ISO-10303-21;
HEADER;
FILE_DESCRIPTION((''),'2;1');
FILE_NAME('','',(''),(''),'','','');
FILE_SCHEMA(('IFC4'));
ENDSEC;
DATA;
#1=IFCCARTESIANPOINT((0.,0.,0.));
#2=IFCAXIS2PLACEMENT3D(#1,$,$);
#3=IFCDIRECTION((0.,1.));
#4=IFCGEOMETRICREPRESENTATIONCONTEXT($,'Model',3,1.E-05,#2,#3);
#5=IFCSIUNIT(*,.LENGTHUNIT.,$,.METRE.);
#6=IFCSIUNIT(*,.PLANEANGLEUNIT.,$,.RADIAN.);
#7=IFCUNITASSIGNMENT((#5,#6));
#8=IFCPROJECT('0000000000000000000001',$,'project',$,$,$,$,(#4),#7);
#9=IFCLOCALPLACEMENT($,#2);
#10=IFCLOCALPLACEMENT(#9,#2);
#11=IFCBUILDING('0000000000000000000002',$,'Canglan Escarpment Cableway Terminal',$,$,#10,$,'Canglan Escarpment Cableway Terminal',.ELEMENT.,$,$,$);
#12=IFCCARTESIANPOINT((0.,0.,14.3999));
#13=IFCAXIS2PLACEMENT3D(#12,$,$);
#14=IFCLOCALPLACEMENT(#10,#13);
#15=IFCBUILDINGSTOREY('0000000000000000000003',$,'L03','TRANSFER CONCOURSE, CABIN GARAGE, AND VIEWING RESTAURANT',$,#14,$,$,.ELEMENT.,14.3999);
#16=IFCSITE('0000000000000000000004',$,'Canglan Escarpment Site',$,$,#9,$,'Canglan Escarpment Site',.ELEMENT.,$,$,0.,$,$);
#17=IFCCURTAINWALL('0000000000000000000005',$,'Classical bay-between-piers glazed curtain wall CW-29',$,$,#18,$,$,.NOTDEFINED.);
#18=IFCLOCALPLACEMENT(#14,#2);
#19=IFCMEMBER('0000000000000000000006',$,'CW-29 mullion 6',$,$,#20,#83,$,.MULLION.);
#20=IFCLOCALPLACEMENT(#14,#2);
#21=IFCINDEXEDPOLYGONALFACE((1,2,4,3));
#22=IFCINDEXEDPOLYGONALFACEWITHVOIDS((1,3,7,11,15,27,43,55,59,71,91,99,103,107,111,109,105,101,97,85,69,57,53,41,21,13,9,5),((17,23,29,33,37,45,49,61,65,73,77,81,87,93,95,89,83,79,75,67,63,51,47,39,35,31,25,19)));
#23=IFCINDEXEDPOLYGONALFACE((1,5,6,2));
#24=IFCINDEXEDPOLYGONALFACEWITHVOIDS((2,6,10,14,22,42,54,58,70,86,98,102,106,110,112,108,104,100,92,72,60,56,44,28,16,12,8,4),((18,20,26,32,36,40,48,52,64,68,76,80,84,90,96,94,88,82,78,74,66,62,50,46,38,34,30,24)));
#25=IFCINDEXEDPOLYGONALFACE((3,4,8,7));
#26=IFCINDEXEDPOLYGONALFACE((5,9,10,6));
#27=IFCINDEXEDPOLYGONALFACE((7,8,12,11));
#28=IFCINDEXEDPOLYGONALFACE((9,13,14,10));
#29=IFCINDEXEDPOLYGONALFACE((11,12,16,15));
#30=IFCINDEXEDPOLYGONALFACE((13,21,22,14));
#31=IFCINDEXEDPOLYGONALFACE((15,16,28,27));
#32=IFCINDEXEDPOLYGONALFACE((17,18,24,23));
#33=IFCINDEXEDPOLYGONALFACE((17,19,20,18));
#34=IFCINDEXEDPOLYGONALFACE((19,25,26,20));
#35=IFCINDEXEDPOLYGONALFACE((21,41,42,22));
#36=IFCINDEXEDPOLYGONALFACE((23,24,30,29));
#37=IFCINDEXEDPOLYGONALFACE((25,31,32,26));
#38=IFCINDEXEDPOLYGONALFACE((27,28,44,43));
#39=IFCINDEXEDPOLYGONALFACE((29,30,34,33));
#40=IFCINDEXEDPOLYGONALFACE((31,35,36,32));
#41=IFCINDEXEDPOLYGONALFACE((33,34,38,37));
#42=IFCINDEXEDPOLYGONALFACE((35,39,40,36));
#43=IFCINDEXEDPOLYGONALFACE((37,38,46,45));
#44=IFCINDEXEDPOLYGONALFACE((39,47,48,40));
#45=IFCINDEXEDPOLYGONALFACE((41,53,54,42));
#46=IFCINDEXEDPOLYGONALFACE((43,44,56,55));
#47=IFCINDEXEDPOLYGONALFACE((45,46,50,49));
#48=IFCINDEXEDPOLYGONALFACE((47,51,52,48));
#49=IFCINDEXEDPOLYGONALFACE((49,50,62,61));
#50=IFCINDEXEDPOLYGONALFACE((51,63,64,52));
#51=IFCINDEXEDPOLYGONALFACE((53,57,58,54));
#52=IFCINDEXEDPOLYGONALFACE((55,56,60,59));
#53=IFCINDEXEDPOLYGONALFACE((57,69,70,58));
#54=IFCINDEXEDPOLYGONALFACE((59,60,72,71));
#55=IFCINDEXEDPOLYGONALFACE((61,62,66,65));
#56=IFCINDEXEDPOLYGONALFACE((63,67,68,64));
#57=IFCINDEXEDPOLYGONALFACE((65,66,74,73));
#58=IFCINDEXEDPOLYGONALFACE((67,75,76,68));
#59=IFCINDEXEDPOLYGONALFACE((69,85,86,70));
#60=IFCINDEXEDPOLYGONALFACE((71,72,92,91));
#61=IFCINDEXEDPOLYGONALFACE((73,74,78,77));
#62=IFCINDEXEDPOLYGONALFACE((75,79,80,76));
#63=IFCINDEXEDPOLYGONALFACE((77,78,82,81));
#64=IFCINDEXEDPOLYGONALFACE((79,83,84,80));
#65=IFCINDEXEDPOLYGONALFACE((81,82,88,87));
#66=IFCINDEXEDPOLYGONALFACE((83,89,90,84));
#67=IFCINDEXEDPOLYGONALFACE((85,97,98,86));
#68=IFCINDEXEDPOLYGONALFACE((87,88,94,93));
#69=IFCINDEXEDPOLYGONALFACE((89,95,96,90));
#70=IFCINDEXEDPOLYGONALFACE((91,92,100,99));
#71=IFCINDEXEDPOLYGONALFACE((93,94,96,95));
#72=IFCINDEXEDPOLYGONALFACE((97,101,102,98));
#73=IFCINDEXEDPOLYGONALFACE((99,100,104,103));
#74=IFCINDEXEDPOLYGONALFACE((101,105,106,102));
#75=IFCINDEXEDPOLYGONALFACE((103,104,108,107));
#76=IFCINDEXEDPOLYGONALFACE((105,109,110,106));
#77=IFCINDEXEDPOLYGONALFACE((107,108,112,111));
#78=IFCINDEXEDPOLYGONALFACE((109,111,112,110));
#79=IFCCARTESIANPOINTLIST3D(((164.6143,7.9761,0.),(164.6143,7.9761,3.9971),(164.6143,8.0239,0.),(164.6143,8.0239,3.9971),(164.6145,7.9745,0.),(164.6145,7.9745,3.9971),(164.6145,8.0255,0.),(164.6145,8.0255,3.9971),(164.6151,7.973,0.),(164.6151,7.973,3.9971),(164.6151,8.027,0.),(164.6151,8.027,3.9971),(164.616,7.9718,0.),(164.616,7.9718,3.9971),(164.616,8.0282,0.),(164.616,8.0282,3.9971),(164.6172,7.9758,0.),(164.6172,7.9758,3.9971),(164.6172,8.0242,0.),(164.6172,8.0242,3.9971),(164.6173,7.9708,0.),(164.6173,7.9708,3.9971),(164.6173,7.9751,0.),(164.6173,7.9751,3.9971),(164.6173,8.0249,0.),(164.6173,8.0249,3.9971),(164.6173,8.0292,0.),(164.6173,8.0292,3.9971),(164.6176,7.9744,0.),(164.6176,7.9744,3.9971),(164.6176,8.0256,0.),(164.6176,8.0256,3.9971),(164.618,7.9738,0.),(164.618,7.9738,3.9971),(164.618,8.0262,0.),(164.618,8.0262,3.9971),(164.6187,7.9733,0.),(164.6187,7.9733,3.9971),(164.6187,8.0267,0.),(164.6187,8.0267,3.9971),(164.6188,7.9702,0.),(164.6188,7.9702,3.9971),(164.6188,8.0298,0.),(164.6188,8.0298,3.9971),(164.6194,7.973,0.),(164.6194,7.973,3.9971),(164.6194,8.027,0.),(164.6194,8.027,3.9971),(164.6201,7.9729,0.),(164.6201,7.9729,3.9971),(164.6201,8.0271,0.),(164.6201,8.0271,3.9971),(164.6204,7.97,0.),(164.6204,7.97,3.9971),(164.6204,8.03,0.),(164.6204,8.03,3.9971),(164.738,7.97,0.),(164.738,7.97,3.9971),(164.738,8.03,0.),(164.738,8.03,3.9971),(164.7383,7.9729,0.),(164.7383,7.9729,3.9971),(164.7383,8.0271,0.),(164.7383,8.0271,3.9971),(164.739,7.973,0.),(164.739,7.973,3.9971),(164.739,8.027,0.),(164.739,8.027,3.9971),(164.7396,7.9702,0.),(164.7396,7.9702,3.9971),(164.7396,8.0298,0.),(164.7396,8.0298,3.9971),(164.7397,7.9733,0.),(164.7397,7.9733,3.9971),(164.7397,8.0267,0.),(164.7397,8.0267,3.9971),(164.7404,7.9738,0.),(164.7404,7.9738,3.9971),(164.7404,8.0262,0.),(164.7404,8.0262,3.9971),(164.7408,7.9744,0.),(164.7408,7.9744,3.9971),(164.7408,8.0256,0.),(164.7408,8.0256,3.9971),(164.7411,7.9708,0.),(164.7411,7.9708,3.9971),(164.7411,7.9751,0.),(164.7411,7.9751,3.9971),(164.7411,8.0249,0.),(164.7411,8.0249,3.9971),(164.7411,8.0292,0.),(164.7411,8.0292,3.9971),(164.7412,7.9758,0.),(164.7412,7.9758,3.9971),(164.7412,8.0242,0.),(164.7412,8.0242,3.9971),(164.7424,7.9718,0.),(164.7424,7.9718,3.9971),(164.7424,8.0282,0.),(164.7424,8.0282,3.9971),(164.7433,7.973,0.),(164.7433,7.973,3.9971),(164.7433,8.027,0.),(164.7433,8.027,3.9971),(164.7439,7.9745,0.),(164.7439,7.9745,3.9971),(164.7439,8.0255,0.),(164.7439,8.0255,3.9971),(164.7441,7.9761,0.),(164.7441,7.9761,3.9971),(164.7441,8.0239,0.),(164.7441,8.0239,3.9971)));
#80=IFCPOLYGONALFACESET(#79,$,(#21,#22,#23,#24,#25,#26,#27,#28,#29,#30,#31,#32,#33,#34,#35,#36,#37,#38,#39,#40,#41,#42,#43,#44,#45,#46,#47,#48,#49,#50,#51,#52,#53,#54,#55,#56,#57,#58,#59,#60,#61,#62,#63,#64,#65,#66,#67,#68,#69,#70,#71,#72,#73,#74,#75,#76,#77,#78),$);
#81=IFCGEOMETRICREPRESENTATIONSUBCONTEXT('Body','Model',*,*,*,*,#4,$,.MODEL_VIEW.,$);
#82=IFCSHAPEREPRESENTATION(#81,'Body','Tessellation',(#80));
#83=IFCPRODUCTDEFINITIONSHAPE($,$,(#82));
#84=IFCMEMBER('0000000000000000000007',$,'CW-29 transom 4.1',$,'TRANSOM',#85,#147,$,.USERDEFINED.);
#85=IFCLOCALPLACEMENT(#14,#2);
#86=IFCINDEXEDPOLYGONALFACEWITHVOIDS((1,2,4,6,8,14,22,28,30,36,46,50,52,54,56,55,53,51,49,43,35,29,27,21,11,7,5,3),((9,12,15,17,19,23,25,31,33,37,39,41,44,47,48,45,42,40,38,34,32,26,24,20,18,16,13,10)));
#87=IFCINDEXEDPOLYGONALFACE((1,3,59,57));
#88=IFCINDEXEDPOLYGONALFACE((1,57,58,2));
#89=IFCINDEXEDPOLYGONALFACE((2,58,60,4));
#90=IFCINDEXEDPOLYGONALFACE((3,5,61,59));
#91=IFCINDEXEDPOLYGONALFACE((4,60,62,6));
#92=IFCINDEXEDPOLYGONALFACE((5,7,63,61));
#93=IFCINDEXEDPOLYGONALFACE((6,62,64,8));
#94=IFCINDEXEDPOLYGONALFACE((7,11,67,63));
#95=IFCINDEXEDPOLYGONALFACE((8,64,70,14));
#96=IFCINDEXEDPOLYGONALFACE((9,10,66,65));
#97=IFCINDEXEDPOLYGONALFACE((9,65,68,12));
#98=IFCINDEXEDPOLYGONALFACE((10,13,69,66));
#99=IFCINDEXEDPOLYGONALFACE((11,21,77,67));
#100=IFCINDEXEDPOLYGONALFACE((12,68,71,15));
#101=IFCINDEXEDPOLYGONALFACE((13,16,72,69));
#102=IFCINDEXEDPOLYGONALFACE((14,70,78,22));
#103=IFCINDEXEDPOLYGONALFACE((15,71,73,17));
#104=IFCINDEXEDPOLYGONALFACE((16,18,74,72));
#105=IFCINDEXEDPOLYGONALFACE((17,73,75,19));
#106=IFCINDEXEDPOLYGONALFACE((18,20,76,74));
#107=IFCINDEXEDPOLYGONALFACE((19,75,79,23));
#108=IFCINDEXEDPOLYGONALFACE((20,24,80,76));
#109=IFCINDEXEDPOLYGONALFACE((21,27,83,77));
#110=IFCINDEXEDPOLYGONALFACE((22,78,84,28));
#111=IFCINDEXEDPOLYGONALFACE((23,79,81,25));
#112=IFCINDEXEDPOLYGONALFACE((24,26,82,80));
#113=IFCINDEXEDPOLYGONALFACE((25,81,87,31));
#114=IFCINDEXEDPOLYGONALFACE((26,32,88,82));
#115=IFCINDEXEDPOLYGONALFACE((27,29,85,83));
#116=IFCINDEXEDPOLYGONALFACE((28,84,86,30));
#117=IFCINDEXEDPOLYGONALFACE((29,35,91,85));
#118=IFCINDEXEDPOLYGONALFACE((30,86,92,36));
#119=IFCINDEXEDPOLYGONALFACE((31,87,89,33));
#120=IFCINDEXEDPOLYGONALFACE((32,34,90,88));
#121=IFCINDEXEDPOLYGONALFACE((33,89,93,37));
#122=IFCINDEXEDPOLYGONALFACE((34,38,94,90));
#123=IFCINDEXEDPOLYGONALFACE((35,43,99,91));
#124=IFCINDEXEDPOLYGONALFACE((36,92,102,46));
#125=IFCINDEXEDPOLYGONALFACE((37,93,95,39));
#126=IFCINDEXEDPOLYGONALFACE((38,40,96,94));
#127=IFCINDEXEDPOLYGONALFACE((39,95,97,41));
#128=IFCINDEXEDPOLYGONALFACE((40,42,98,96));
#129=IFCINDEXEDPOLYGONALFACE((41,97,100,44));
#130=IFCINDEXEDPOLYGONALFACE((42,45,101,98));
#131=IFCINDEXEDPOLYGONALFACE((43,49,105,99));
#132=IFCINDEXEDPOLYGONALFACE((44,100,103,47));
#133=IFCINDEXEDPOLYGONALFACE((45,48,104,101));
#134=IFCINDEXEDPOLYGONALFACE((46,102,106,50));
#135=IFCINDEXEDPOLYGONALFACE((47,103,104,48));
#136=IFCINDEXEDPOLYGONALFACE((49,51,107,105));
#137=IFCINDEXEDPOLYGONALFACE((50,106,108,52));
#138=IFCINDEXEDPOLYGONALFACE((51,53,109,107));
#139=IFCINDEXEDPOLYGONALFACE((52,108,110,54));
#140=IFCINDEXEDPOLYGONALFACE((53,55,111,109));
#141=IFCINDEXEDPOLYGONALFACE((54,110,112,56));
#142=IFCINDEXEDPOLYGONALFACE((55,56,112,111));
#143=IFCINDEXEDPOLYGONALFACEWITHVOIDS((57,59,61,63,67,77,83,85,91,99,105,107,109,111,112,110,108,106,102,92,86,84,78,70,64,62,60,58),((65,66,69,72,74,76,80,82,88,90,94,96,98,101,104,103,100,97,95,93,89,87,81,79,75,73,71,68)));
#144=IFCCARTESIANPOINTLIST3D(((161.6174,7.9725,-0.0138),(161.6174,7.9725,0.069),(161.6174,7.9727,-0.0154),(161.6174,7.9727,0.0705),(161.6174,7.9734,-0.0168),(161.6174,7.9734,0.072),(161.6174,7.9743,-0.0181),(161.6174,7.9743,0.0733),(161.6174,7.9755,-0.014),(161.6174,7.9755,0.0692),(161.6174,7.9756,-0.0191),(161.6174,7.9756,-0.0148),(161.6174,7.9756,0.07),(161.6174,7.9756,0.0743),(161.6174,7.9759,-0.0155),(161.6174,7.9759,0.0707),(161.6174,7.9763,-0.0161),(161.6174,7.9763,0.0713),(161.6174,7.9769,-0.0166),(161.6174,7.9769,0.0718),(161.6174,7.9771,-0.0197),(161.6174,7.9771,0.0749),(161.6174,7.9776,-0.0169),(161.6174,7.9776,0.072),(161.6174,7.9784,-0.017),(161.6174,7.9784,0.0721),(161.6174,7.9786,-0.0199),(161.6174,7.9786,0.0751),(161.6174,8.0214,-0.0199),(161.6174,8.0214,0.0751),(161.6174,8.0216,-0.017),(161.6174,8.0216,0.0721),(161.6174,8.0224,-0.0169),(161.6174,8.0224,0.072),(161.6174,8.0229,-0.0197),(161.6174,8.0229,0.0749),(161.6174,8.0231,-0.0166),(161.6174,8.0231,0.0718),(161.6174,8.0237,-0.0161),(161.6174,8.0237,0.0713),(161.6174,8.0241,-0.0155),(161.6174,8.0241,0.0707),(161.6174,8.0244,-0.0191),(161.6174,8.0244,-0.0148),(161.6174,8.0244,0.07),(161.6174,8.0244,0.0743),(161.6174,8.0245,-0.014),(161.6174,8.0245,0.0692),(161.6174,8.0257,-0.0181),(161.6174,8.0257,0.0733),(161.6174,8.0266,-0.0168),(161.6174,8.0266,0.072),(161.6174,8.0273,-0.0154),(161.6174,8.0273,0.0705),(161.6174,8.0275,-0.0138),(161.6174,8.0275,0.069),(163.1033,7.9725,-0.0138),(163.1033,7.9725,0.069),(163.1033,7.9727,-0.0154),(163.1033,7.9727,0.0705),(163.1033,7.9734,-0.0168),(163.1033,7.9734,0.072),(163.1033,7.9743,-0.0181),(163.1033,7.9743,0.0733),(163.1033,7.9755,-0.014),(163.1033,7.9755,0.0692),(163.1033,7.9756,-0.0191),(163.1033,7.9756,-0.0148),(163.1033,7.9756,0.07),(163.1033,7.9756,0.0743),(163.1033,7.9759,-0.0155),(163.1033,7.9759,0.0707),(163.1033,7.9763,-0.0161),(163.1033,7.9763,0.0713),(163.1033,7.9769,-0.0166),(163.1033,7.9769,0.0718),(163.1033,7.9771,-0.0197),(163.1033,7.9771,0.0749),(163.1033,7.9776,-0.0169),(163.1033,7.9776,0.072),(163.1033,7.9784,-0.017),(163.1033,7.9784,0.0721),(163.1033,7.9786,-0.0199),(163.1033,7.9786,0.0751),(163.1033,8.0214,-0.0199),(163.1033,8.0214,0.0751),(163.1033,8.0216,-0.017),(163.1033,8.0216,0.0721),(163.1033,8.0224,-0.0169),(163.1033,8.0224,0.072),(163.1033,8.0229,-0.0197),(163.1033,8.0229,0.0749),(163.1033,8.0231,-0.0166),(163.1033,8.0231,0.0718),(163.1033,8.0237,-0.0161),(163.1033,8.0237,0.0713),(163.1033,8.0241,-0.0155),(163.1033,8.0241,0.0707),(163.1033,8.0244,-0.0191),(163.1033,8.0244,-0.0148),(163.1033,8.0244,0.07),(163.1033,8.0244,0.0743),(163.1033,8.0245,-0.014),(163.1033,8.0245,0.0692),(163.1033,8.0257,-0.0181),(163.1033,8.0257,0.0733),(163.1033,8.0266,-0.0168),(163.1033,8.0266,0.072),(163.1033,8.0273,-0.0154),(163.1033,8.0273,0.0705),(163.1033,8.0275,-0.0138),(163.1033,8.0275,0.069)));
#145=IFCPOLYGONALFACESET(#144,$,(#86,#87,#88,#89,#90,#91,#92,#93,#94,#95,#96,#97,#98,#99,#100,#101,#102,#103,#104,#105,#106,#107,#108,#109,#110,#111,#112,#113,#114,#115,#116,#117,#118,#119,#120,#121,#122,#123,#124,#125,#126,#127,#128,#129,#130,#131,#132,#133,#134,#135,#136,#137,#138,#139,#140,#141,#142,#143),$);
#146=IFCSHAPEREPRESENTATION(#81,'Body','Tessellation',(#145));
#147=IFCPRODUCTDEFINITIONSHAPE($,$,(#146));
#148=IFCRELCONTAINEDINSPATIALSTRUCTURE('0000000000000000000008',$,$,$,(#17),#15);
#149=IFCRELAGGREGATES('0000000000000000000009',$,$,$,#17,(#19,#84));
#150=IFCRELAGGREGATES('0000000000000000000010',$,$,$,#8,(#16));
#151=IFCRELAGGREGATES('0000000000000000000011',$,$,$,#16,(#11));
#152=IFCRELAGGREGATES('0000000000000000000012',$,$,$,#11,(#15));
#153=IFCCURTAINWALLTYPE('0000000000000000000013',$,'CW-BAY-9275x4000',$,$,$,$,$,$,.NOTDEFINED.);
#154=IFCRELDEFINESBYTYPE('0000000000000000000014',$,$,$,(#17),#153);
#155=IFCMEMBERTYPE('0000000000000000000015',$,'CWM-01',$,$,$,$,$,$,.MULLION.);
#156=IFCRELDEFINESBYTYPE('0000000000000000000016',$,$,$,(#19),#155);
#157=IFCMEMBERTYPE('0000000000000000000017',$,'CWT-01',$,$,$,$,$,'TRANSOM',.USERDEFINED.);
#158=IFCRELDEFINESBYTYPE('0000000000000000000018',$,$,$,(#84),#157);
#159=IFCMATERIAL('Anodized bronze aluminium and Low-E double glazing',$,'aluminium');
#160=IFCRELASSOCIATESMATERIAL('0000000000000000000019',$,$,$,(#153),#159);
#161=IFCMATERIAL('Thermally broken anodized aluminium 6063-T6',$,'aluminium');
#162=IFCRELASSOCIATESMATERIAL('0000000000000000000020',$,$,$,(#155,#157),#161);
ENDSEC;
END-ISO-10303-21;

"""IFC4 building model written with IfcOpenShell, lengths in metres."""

from ifc_helpers import new_model, si_unit, direction, frame, origin, origin_2d, place, context, subcontext, project, spatial, hollow_rectangle, extrude, material, material_profile, profile_set, type_object, element, aggregate, save


model = new_model("IFC4")

# Units and contexts
model_context = context("Model", 3, precision=1e-05, world=origin(), true_north=direction((0.0, 1.0)))
body_context = subcontext(model_context, "Body", "Model", "MODEL_VIEW")
ifc_project = project(units=[si_unit("LENGTHUNIT", "METRE"), si_unit("PLANEANGLEUNIT", "RADIAN")], contexts=[model_context])

# Site, building, storey
site_placement = place(None, origin())
site = spatial("IfcSite", under=ifc_project, at=site_placement, Name="Canglan Escarpment Site", LongName="Canglan Escarpment Site", CompositionType="ELEMENT", RefElevation=0.0)
building_placement = place(site_placement, origin())
building = spatial("IfcBuilding", under=site, at=building_placement, Name="Canglan Escarpment Cableway Terminal", LongName="Canglan Escarpment Cableway Terminal", CompositionType="ELEMENT")
storey_placement = place(building_placement, frame((0.0, 0.0, 14.3999)))
storey = spatial("IfcBuildingStorey", under=building, at=storey_placement, Name="L03", Description="TRANSFER CONCOURSE, CABIN GARAGE, AND VIEWING RESTAURANT", CompositionType="ELEMENT", Elevation=14.3999)

# Curtain wall, members
ifc_material_1 = material(Name="Anodized bronze aluminium and Low-E double glazing", Category="aluminium")
curtain_wall_type = type_object("IfcCurtainWallType", Name="CW-BAY-9275x4000", PredefinedType="NOTDEFINED", material=ifc_material_1)
curtain_wall_placement = place(storey_placement, origin())
curtain_wall = element("IfcCurtainWall", 1, at=curtain_wall_placement, inside=storey, type_object=curtain_wall_type, Name="Classical bay-between-piers glazed curtain wall CW-29", PredefinedType="NOTDEFINED")
ifc_material_2 = material(Name="Thermally broken anodized aluminium 6063-T6", Category="aluminium")
ifc_material_profile_1 = material_profile(ifc_material_2, hollow_rectangle(XDim=0.0601, YDim=0.1299, WallThickness=0.0029, InnerFilletRadius=0.0029, OuterFilletRadius=0.0061, at=origin_2d()), Name="ALU-MULL 60x130x3")
ifc_profile_set_1 = profile_set([ifc_material_profile_1], Name="Thermally broken anodized aluminium 6063-T6")
member_type_1 = type_object("IfcMemberType", Name="CWM-01", PredefinedType="MULLION", material=ifc_profile_set_1)
member_1_placement = place(storey_placement, frame((164.6792, 8.0, 0.0), z_axis=(0.0, 0.0, 1.0), x_axis=(0.0, 1.0, 0.0)))
member_1 = element("IfcMember", 2, at=member_1_placement, type_object=member_type_1, Name="CW-29 mullion 6", PredefinedType="MULLION", context=body_context, shape_type="SweptSolid", body=[
    extrude(hollow_rectangle(XDim=0.0601, YDim=0.1299, WallThickness=0.0029, InnerFilletRadius=0.0029, OuterFilletRadius=0.0061, at=origin_2d()), origin(), (0.0, 0.0, 1.0), 3.9971),
])
ifc_material_profile_2 = material_profile(ifc_material_2, hollow_rectangle(XDim=0.0549, YDim=0.095, WallThickness=0.0029, InnerFilletRadius=0.0029, OuterFilletRadius=0.0061, at=origin_2d()), Name="ALU-TRAN 55x95x3")
ifc_profile_set_2 = profile_set([ifc_material_profile_2], Name="Thermally broken anodized aluminium 6063-T6")
member_type_2 = type_object("IfcMemberType", Name="CWT-01", ElementType="TRANSOM", PredefinedType="USERDEFINED", material=ifc_profile_set_2)
member_2_placement = place(storey_placement, frame((161.6174, 8.0, 0.0276), z_axis=(1.0, 0.0, 0.0), x_axis=(0.0, 1.0, 0.0)))
member_2 = element("IfcMember", 3, at=member_2_placement, type_object=member_type_2, Name="CW-29 transom 4.1", ObjectType="TRANSOM", PredefinedType="USERDEFINED", context=body_context, shape_type="SweptSolid", body=[
    extrude(hollow_rectangle(XDim=0.0549, YDim=0.095, WallThickness=0.0029, InnerFilletRadius=0.0029, OuterFilletRadius=0.0061, at=origin_2d()), origin(), (0.0, 0.0, 1.0), 1.4858),
])
aggregate(curtain_wall, [member_1, member_2])

save(model, "model.ifc")
